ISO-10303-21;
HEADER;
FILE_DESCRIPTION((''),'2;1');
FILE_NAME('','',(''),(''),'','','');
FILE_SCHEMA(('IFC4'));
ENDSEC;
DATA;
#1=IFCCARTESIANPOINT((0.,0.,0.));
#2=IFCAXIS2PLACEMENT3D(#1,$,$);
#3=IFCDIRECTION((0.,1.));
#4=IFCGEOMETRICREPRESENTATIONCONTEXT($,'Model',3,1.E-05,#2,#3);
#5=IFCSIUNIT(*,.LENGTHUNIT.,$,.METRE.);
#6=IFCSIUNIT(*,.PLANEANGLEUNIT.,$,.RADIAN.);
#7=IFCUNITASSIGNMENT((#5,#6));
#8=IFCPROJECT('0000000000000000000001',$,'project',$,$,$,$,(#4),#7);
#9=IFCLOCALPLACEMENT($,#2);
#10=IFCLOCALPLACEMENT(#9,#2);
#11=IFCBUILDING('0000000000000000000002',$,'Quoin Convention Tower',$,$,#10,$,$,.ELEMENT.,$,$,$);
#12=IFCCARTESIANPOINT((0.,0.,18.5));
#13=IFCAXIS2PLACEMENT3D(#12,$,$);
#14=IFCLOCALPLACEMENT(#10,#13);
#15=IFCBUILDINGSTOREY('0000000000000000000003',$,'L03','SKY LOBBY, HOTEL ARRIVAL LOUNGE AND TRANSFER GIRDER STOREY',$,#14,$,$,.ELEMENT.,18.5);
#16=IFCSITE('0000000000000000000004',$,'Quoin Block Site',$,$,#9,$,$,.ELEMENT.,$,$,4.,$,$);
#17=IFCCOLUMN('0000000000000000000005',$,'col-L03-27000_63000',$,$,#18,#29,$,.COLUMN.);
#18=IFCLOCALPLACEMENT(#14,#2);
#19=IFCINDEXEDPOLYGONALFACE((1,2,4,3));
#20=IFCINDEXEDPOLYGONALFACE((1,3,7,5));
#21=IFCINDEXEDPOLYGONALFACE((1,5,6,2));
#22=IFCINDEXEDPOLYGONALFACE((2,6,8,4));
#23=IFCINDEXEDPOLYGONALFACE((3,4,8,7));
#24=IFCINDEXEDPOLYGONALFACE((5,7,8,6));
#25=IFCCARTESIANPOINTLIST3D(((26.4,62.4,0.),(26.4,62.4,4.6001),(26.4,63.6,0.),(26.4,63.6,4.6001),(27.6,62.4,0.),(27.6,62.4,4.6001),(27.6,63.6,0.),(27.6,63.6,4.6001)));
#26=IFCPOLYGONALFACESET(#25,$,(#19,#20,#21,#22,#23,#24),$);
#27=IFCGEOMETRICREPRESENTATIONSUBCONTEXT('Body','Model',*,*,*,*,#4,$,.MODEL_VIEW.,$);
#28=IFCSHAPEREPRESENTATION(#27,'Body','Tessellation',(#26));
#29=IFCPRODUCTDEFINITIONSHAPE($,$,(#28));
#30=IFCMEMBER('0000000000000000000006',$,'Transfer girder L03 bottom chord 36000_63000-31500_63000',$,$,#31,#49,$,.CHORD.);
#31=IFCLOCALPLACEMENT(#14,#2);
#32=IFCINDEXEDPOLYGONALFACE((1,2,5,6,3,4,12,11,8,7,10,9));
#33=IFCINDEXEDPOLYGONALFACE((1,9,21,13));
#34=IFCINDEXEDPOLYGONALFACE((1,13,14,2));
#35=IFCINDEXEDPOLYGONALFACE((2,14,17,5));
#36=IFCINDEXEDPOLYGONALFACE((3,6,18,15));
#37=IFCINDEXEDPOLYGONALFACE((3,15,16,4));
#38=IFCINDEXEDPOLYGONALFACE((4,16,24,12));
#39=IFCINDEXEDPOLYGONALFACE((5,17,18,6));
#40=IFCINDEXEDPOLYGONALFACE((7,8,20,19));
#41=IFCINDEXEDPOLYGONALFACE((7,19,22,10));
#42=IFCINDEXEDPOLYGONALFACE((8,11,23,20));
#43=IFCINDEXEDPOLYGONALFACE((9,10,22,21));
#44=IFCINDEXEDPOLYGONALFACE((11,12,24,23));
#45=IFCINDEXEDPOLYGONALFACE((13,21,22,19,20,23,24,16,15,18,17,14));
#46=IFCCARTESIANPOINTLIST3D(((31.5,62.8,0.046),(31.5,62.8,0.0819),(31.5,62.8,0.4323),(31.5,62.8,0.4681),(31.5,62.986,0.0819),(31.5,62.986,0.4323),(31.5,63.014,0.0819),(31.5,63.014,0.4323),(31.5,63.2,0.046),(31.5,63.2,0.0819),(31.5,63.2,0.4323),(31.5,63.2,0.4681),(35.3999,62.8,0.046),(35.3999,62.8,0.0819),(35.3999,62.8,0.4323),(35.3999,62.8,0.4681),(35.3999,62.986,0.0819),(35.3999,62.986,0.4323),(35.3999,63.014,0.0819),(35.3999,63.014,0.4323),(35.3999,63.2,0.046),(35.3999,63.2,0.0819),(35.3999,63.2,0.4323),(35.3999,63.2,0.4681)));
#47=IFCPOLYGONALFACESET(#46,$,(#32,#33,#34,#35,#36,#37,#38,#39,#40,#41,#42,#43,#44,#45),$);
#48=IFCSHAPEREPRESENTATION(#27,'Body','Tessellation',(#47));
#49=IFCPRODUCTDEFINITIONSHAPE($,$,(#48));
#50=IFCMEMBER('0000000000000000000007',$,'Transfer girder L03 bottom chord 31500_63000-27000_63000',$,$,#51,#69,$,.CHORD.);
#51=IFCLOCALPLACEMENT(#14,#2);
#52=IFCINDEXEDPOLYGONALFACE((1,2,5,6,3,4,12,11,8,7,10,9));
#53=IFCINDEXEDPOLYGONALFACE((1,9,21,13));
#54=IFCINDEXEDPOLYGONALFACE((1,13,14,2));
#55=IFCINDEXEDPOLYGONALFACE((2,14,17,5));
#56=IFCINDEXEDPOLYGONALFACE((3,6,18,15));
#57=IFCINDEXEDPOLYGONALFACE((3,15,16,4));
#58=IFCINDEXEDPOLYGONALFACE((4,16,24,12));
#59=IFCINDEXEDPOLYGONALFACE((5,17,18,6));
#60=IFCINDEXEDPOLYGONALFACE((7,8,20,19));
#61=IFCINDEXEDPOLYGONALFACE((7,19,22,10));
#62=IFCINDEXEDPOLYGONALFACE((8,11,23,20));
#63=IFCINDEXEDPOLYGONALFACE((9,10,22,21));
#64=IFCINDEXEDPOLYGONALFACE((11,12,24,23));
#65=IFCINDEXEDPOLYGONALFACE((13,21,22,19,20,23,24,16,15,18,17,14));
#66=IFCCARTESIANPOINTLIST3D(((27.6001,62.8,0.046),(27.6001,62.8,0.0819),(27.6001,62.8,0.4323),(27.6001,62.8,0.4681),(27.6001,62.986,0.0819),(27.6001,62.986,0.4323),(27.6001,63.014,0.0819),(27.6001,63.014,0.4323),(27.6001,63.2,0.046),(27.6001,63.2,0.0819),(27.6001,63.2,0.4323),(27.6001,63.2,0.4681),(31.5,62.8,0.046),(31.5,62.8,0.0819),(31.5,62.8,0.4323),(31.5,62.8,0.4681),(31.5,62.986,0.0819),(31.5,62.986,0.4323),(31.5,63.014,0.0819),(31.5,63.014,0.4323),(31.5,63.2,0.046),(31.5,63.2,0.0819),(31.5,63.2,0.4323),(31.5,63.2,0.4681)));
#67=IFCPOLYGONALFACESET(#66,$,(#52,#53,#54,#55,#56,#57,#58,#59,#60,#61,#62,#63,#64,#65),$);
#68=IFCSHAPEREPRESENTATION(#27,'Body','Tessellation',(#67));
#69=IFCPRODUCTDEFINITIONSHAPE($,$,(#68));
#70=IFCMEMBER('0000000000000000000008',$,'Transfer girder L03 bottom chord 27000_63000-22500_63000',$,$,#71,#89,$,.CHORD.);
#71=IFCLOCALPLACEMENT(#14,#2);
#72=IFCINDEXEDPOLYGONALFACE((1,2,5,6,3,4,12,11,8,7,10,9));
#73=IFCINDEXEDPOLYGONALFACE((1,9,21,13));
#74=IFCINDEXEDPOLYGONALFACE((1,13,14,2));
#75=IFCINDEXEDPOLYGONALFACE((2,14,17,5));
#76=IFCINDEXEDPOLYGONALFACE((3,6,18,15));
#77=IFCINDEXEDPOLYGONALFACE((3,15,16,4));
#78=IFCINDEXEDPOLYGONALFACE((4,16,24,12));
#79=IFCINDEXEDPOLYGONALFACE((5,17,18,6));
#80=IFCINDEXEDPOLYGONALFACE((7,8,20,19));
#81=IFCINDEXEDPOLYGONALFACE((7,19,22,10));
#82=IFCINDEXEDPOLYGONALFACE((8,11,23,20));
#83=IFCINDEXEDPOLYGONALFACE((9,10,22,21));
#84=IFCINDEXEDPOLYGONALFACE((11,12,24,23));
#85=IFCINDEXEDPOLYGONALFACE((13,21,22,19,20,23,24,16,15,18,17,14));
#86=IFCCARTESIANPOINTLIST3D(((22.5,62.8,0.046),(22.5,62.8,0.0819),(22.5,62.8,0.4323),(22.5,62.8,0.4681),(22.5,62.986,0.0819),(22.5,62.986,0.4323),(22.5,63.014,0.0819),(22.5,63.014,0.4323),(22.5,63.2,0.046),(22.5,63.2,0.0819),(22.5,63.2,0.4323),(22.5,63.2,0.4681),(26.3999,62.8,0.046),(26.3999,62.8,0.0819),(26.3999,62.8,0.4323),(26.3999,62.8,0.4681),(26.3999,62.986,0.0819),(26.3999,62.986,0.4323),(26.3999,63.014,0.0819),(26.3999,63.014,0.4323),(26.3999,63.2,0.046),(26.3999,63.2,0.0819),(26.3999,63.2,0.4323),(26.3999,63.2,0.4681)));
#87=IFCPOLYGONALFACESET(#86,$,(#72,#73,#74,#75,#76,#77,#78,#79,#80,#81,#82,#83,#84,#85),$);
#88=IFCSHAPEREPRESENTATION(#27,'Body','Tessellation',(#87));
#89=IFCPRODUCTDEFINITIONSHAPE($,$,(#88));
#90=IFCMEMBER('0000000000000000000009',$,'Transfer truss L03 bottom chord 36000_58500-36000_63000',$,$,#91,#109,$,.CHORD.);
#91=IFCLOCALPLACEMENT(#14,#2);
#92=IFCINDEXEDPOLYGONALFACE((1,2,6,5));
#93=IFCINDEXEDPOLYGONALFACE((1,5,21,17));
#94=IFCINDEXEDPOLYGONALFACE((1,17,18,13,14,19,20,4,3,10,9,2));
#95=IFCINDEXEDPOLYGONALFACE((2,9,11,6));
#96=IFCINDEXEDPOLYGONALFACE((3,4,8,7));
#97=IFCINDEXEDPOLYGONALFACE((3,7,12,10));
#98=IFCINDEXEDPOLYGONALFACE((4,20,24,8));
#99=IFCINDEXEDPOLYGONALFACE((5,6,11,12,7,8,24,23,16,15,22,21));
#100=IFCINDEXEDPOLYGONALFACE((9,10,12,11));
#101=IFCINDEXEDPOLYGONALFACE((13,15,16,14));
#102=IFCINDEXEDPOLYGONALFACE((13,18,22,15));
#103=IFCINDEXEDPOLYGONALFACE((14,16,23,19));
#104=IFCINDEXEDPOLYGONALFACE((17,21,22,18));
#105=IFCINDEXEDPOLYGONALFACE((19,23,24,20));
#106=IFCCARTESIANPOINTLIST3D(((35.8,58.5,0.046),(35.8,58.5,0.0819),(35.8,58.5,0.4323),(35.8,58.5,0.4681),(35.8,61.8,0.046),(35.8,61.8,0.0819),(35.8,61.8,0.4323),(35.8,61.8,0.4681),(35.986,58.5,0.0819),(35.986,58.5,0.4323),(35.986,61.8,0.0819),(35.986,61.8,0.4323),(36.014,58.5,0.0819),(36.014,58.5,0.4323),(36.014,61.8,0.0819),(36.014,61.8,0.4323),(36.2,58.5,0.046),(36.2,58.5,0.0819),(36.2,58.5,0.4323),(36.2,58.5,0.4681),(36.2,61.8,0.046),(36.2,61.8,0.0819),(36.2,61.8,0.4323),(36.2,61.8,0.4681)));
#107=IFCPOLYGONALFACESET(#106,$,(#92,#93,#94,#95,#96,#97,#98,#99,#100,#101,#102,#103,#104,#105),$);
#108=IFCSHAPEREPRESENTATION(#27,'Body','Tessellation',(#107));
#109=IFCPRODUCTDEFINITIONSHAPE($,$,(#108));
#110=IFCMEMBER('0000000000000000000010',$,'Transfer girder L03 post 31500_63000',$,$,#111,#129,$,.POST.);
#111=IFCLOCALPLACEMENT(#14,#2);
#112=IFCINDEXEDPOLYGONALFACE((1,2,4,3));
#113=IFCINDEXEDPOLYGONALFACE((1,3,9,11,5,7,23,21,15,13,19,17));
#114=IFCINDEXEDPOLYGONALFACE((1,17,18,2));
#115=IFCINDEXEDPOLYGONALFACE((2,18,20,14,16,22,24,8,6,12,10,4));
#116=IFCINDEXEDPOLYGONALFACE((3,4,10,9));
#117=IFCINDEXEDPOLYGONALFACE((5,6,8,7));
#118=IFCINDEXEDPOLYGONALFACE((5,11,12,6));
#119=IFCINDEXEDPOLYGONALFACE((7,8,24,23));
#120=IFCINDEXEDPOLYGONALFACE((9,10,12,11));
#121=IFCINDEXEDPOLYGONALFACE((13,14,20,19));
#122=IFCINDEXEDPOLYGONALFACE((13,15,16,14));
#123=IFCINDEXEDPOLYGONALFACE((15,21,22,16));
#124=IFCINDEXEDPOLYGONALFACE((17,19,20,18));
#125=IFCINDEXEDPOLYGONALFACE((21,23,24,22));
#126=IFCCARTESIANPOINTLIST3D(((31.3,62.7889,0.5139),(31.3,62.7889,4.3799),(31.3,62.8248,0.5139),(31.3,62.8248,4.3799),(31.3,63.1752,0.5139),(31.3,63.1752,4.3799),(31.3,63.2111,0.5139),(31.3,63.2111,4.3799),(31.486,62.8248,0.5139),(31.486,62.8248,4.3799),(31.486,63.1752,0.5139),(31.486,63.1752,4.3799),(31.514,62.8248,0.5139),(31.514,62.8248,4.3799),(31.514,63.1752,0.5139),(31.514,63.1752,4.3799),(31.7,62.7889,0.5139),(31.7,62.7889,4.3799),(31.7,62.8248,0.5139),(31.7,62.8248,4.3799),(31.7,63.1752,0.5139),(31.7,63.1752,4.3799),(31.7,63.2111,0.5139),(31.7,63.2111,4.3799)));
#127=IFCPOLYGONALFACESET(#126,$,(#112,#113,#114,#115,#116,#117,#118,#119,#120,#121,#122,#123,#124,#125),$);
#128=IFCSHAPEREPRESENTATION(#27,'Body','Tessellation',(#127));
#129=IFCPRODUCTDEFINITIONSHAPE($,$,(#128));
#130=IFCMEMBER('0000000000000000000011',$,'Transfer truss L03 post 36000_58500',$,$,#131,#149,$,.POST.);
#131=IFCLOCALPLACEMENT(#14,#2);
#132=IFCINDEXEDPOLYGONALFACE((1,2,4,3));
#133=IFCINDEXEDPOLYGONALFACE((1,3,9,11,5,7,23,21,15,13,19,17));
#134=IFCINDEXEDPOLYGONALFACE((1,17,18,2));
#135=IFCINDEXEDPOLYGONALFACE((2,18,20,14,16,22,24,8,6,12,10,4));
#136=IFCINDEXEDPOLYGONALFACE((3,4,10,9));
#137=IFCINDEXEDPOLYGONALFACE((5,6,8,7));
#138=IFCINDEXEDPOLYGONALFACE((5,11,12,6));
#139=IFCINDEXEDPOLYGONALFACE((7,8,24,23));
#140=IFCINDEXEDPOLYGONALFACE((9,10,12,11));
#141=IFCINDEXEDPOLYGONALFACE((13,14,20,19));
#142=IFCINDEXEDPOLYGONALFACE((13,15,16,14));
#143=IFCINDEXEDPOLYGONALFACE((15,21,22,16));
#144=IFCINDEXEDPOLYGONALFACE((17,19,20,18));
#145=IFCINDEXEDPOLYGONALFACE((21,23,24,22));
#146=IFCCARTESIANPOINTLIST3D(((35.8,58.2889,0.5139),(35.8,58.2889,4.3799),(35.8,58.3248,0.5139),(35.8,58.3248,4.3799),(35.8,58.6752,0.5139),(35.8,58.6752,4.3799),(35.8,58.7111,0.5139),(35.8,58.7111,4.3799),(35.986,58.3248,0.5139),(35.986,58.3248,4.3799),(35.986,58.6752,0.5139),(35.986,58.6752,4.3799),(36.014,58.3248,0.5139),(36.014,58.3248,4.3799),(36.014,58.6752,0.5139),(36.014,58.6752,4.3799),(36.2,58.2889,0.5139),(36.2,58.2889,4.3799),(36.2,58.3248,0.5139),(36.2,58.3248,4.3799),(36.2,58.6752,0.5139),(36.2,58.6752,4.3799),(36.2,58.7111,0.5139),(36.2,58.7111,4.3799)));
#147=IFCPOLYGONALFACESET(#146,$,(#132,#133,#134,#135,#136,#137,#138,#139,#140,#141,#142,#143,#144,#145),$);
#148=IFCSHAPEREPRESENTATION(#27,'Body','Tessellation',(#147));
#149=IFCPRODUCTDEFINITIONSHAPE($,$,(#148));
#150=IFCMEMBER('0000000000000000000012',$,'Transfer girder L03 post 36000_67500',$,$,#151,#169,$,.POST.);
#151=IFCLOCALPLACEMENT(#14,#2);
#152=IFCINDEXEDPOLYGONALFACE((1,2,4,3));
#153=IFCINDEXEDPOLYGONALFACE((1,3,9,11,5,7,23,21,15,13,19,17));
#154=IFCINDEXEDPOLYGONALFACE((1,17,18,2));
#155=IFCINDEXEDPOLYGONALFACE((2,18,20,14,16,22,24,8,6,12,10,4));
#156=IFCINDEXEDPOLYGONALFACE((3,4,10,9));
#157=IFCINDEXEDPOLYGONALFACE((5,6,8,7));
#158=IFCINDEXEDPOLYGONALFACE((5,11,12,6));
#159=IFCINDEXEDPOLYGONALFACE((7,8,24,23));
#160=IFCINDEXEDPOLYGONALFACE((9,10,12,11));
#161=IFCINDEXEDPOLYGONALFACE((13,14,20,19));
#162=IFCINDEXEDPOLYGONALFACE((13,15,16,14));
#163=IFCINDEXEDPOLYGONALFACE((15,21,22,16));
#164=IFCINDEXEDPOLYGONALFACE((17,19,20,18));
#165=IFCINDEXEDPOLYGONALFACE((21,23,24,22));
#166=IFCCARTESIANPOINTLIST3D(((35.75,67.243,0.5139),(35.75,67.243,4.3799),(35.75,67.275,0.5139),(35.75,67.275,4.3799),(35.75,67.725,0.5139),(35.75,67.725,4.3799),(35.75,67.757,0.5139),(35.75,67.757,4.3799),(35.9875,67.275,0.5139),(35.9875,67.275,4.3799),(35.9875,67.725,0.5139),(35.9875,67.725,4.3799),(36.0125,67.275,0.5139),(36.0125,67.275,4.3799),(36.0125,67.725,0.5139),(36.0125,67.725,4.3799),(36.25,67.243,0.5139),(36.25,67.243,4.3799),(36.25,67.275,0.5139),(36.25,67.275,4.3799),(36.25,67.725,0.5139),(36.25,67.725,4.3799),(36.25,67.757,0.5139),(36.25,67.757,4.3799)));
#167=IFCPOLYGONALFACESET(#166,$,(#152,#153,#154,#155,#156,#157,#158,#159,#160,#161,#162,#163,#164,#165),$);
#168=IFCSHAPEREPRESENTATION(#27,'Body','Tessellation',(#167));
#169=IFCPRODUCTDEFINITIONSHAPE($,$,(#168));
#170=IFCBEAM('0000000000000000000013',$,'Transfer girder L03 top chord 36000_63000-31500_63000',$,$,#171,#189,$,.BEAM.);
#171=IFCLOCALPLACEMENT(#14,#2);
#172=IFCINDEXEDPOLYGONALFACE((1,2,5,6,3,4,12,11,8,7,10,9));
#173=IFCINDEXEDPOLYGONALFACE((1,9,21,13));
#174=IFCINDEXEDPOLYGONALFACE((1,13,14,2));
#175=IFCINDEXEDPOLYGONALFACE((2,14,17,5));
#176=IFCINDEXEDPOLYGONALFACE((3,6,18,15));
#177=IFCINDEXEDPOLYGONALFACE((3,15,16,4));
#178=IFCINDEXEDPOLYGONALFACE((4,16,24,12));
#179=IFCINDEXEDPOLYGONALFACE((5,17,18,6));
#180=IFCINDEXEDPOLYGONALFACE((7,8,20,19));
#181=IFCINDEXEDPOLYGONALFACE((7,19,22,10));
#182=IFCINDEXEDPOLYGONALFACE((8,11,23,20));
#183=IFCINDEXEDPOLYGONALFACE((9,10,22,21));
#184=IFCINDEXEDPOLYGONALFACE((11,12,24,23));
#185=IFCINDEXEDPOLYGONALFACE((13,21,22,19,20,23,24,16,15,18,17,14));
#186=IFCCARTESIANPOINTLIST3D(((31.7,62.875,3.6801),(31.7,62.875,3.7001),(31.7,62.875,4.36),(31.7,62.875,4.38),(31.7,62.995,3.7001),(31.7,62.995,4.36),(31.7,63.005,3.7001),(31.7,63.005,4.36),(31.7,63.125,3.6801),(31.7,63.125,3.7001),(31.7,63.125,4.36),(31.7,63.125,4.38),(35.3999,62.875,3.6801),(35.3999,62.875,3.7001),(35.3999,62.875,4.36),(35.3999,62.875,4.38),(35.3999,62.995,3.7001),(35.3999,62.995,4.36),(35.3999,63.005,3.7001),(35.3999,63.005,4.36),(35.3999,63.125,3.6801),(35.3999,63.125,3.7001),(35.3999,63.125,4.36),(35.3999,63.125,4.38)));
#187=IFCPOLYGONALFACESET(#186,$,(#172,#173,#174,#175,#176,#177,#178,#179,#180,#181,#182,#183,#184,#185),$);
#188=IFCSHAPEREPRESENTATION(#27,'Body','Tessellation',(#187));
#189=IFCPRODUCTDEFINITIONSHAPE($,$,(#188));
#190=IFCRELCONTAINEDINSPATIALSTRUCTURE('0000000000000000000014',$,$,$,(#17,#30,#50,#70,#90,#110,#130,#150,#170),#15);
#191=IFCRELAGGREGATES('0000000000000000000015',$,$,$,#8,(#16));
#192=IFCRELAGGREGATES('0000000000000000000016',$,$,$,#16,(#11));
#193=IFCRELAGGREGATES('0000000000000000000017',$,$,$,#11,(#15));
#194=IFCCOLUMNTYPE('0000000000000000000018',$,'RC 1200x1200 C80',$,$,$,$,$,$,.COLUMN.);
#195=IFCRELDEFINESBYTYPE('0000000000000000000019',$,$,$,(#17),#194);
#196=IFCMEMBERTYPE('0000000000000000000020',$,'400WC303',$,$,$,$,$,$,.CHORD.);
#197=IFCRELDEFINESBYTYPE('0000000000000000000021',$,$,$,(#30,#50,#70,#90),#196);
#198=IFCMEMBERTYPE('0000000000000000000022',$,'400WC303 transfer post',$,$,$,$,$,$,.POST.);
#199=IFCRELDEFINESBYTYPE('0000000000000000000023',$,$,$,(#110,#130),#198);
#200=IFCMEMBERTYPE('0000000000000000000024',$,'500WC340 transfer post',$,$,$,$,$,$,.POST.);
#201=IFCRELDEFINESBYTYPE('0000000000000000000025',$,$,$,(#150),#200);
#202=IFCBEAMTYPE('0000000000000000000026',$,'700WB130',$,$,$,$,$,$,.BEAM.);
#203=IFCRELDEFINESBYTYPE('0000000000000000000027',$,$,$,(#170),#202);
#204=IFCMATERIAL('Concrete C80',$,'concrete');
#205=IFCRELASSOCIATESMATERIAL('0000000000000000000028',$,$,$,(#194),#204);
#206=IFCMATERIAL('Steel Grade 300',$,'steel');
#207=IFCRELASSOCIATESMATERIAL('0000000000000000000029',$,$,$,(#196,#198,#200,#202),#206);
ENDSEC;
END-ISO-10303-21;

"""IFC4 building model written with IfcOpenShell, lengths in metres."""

from ifc_helpers import new_model, si_unit, direction, frame, origin, origin_2d, place, context, subcontext, project, spatial, rectangle, i_section, extrude, material, material_profile, profile_set, type_object, element, save


model = new_model("IFC4")

# Units and contexts
model_context = context("Model", 3, precision=1e-05, world=origin(), true_north=direction((0.0, 1.0)))
body_context = subcontext(model_context, "Body", "Model", "MODEL_VIEW")
ifc_project = project(units=[si_unit("LENGTHUNIT", "METRE"), si_unit("PLANEANGLEUNIT", "RADIAN")], contexts=[model_context])

# Site, building, storey
site_placement = place(None, origin())
site = spatial("IfcSite", under=ifc_project, at=site_placement, Name="Quoin Block Site", CompositionType="ELEMENT", RefElevation=4.0)
building_placement = place(site_placement, origin())
building = spatial("IfcBuilding", under=site, at=building_placement, Name="Quoin Convention Tower", CompositionType="ELEMENT")
storey_placement = place(building_placement, frame((0.0, 0.0, 18.5)))
storey = spatial("IfcBuildingStorey", under=building, at=storey_placement, Name="L03", Description="SKY LOBBY, HOTEL ARRIVAL LOUNGE AND TRANSFER GIRDER STOREY", CompositionType="ELEMENT", Elevation=18.5)

# Column
ifc_material_1 = material(Name="Concrete C80", Category="concrete")
ifc_material_profile_1 = material_profile(ifc_material_1, rectangle(XDim=1.2, YDim=1.2, at=origin_2d()), Name="RC 1200x1200")
ifc_profile_set_1 = profile_set([ifc_material_profile_1], Name="Concrete C80")
column_type = type_object("IfcColumnType", Name="RC 1200x1200 C80", PredefinedType="COLUMN", material=ifc_profile_set_1)
column_placement = place(storey_placement, frame((27.0, 63.0, 0.0), z_axis=(0.0, 0.0, 1.0), x_axis=(1.0, 0.0, 0.0)))
element("IfcColumn", 1, at=column_placement, inside=storey, type_object=column_type, Name="col-L03-27000_63000", PredefinedType="COLUMN", context=body_context, shape_type="SweptSolid", body=[
    extrude(rectangle(XDim=1.2, YDim=1.2, at=origin_2d()), origin(), (0.0, 0.0, 1.0), 4.6001),
])

# Members
ifc_material_2 = material(Name="Steel Grade 300", Category="steel")
ifc_material_profile_2 = material_profile(ifc_material_2, i_section(OverallWidth=0.3999, OverallDepth=0.4221, WebThickness=0.0281, FlangeThickness=0.0359, at=origin_2d()), Name="400WC303")
ifc_profile_set_2 = profile_set([ifc_material_profile_2], Name="Steel Grade 300")
member_type_1 = type_object("IfcMemberType", Name="400WC303", PredefinedType="CHORD", material=ifc_profile_set_2)
for number, where, z_axis, x_axis, name in (
    (2, (35.3999, 63.0, 0.2571), (-1.0, 0.0, 0.0), (0.0, -1.0, 0.0), "Transfer girder L03 bottom chord 36000_63000-31500_63000"),
    (3, (31.5, 63.0, 0.2571), (-1.0, 0.0, 0.0), (0.0, -1.0, 0.0), "Transfer girder L03 bottom chord 31500_63000-27000_63000"),
    (4, (26.3999, 63.0, 0.2571), (-1.0, 0.0, 0.0), (0.0, -1.0, 0.0), "Transfer girder L03 bottom chord 27000_63000-22500_63000"),
):
    element("IfcMember", number, at=place(storey_placement, frame(where, z_axis=z_axis, x_axis=x_axis)), inside=storey, type_object=member_type_1, Name=name, PredefinedType="CHORD", context=body_context, shape_type="SweptSolid", body=[
        extrude(i_section(OverallWidth=0.3999, OverallDepth=0.4221, WebThickness=0.0281, FlangeThickness=0.0359, at=origin_2d()), origin(), (0.0, 0.0, 1.0), 3.8999),
    ])
member_1_placement = place(storey_placement, frame((36.0, 58.5, 0.2571), z_axis=(0.0, 1.0, 0.0), x_axis=(-1.0, 0.0, 0.0)))
element("IfcMember", 5, at=member_1_placement, inside=storey, type_object=member_type_1, Name="Transfer truss L03 bottom chord 36000_58500-36000_63000", PredefinedType="CHORD", context=body_context, shape_type="SweptSolid", body=[
    extrude(i_section(OverallWidth=0.3999, OverallDepth=0.4221, WebThickness=0.0281, FlangeThickness=0.0359, at=origin_2d()), origin(), (0.0, 0.0, 1.0), 3.3),
])
ifc_material_profile_3 = material_profile(ifc_material_2, i_section(OverallWidth=0.3999, OverallDepth=0.4221, WebThickness=0.0281, FlangeThickness=0.0359, at=origin_2d()), Name="400WC303")
ifc_profile_set_3 = profile_set([ifc_material_profile_3], Name="Steel Grade 300")
member_type_2 = type_object("IfcMemberType", Name="400WC303 transfer post", PredefinedType="POST", material=ifc_profile_set_3)
for number, where, z_axis, x_axis, name in (
    (6, (31.5, 63.0, 0.5139), (0.0, 0.0, 1.0), (1.0, 0.0, 0.0), "Transfer girder L03 post 31500_63000"),
    (7, (36.0, 58.5, 0.5139), (0.0, 0.0, 1.0), (1.0, 0.0, 0.0), "Transfer truss L03 post 36000_58500"),
):
    element("IfcMember", number, at=place(storey_placement, frame(where, z_axis=z_axis, x_axis=x_axis)), inside=storey, type_object=member_type_2, Name=name, PredefinedType="POST", context=body_context, shape_type="SweptSolid", body=[
        extrude(i_section(OverallWidth=0.3999, OverallDepth=0.4221, WebThickness=0.0281, FlangeThickness=0.0359, at=origin_2d()), origin(), (0.0, 0.0, 1.0), 3.866),
    ])
ifc_material_profile_4 = material_profile(ifc_material_2, i_section(OverallWidth=0.5, OverallDepth=0.5139, WebThickness=0.0249, FlangeThickness=0.032, at=origin_2d()), Name="500WC340")
ifc_profile_set_4 = profile_set([ifc_material_profile_4], Name="Steel Grade 300")
member_type_3 = type_object("IfcMemberType", Name="500WC340 transfer post", PredefinedType="POST", material=ifc_profile_set_4)
member_2_placement = place(storey_placement, frame((36.0, 67.5, 0.5139), z_axis=(0.0, 0.0, 1.0), x_axis=(1.0, 0.0, 0.0)))
element("IfcMember", 8, at=member_2_placement, inside=storey, type_object=member_type_3, Name="Transfer girder L03 post 36000_67500", PredefinedType="POST", context=body_context, shape_type="SweptSolid", body=[
    extrude(i_section(OverallWidth=0.5, OverallDepth=0.5139, WebThickness=0.0249, FlangeThickness=0.032, at=origin_2d()), origin(), (0.0, 0.0, 1.0), 3.866),
])

# Beam
ifc_material_profile_5 = material_profile(ifc_material_2, i_section(OverallWidth=0.25, OverallDepth=0.7, WebThickness=0.01, FlangeThickness=0.02, at=origin_2d()), Name="700WB130")
ifc_profile_set_5 = profile_set([ifc_material_profile_5], Name="Steel Grade 300")
beam_type_1 = type_object("IfcBeamType", Name="700WB130", PredefinedType="BEAM", material=ifc_profile_set_5)
for number, where, z_axis, x_axis, name in (
    (9, (35.3999, 63.0, 4.03), (-1.0, 0.0, 0.0), (0.0, -1.0, 0.0), "Transfer girder L03 top chord 36000_63000-31500_63000"),
):
    element("IfcBeam", number, at=place(storey_placement, frame(where, z_axis=z_axis, x_axis=x_axis)), inside=storey, type_object=beam_type_1, Name=name, PredefinedType="BEAM", context=body_context, shape_type="SweptSolid", body=[
        extrude(i_section(OverallWidth=0.25, OverallDepth=0.7, WebThickness=0.01, FlangeThickness=0.02, at=origin_2d()), origin(), (0.0, 0.0, 1.0), 3.7),
    ])

save(model, "model.ifc")
